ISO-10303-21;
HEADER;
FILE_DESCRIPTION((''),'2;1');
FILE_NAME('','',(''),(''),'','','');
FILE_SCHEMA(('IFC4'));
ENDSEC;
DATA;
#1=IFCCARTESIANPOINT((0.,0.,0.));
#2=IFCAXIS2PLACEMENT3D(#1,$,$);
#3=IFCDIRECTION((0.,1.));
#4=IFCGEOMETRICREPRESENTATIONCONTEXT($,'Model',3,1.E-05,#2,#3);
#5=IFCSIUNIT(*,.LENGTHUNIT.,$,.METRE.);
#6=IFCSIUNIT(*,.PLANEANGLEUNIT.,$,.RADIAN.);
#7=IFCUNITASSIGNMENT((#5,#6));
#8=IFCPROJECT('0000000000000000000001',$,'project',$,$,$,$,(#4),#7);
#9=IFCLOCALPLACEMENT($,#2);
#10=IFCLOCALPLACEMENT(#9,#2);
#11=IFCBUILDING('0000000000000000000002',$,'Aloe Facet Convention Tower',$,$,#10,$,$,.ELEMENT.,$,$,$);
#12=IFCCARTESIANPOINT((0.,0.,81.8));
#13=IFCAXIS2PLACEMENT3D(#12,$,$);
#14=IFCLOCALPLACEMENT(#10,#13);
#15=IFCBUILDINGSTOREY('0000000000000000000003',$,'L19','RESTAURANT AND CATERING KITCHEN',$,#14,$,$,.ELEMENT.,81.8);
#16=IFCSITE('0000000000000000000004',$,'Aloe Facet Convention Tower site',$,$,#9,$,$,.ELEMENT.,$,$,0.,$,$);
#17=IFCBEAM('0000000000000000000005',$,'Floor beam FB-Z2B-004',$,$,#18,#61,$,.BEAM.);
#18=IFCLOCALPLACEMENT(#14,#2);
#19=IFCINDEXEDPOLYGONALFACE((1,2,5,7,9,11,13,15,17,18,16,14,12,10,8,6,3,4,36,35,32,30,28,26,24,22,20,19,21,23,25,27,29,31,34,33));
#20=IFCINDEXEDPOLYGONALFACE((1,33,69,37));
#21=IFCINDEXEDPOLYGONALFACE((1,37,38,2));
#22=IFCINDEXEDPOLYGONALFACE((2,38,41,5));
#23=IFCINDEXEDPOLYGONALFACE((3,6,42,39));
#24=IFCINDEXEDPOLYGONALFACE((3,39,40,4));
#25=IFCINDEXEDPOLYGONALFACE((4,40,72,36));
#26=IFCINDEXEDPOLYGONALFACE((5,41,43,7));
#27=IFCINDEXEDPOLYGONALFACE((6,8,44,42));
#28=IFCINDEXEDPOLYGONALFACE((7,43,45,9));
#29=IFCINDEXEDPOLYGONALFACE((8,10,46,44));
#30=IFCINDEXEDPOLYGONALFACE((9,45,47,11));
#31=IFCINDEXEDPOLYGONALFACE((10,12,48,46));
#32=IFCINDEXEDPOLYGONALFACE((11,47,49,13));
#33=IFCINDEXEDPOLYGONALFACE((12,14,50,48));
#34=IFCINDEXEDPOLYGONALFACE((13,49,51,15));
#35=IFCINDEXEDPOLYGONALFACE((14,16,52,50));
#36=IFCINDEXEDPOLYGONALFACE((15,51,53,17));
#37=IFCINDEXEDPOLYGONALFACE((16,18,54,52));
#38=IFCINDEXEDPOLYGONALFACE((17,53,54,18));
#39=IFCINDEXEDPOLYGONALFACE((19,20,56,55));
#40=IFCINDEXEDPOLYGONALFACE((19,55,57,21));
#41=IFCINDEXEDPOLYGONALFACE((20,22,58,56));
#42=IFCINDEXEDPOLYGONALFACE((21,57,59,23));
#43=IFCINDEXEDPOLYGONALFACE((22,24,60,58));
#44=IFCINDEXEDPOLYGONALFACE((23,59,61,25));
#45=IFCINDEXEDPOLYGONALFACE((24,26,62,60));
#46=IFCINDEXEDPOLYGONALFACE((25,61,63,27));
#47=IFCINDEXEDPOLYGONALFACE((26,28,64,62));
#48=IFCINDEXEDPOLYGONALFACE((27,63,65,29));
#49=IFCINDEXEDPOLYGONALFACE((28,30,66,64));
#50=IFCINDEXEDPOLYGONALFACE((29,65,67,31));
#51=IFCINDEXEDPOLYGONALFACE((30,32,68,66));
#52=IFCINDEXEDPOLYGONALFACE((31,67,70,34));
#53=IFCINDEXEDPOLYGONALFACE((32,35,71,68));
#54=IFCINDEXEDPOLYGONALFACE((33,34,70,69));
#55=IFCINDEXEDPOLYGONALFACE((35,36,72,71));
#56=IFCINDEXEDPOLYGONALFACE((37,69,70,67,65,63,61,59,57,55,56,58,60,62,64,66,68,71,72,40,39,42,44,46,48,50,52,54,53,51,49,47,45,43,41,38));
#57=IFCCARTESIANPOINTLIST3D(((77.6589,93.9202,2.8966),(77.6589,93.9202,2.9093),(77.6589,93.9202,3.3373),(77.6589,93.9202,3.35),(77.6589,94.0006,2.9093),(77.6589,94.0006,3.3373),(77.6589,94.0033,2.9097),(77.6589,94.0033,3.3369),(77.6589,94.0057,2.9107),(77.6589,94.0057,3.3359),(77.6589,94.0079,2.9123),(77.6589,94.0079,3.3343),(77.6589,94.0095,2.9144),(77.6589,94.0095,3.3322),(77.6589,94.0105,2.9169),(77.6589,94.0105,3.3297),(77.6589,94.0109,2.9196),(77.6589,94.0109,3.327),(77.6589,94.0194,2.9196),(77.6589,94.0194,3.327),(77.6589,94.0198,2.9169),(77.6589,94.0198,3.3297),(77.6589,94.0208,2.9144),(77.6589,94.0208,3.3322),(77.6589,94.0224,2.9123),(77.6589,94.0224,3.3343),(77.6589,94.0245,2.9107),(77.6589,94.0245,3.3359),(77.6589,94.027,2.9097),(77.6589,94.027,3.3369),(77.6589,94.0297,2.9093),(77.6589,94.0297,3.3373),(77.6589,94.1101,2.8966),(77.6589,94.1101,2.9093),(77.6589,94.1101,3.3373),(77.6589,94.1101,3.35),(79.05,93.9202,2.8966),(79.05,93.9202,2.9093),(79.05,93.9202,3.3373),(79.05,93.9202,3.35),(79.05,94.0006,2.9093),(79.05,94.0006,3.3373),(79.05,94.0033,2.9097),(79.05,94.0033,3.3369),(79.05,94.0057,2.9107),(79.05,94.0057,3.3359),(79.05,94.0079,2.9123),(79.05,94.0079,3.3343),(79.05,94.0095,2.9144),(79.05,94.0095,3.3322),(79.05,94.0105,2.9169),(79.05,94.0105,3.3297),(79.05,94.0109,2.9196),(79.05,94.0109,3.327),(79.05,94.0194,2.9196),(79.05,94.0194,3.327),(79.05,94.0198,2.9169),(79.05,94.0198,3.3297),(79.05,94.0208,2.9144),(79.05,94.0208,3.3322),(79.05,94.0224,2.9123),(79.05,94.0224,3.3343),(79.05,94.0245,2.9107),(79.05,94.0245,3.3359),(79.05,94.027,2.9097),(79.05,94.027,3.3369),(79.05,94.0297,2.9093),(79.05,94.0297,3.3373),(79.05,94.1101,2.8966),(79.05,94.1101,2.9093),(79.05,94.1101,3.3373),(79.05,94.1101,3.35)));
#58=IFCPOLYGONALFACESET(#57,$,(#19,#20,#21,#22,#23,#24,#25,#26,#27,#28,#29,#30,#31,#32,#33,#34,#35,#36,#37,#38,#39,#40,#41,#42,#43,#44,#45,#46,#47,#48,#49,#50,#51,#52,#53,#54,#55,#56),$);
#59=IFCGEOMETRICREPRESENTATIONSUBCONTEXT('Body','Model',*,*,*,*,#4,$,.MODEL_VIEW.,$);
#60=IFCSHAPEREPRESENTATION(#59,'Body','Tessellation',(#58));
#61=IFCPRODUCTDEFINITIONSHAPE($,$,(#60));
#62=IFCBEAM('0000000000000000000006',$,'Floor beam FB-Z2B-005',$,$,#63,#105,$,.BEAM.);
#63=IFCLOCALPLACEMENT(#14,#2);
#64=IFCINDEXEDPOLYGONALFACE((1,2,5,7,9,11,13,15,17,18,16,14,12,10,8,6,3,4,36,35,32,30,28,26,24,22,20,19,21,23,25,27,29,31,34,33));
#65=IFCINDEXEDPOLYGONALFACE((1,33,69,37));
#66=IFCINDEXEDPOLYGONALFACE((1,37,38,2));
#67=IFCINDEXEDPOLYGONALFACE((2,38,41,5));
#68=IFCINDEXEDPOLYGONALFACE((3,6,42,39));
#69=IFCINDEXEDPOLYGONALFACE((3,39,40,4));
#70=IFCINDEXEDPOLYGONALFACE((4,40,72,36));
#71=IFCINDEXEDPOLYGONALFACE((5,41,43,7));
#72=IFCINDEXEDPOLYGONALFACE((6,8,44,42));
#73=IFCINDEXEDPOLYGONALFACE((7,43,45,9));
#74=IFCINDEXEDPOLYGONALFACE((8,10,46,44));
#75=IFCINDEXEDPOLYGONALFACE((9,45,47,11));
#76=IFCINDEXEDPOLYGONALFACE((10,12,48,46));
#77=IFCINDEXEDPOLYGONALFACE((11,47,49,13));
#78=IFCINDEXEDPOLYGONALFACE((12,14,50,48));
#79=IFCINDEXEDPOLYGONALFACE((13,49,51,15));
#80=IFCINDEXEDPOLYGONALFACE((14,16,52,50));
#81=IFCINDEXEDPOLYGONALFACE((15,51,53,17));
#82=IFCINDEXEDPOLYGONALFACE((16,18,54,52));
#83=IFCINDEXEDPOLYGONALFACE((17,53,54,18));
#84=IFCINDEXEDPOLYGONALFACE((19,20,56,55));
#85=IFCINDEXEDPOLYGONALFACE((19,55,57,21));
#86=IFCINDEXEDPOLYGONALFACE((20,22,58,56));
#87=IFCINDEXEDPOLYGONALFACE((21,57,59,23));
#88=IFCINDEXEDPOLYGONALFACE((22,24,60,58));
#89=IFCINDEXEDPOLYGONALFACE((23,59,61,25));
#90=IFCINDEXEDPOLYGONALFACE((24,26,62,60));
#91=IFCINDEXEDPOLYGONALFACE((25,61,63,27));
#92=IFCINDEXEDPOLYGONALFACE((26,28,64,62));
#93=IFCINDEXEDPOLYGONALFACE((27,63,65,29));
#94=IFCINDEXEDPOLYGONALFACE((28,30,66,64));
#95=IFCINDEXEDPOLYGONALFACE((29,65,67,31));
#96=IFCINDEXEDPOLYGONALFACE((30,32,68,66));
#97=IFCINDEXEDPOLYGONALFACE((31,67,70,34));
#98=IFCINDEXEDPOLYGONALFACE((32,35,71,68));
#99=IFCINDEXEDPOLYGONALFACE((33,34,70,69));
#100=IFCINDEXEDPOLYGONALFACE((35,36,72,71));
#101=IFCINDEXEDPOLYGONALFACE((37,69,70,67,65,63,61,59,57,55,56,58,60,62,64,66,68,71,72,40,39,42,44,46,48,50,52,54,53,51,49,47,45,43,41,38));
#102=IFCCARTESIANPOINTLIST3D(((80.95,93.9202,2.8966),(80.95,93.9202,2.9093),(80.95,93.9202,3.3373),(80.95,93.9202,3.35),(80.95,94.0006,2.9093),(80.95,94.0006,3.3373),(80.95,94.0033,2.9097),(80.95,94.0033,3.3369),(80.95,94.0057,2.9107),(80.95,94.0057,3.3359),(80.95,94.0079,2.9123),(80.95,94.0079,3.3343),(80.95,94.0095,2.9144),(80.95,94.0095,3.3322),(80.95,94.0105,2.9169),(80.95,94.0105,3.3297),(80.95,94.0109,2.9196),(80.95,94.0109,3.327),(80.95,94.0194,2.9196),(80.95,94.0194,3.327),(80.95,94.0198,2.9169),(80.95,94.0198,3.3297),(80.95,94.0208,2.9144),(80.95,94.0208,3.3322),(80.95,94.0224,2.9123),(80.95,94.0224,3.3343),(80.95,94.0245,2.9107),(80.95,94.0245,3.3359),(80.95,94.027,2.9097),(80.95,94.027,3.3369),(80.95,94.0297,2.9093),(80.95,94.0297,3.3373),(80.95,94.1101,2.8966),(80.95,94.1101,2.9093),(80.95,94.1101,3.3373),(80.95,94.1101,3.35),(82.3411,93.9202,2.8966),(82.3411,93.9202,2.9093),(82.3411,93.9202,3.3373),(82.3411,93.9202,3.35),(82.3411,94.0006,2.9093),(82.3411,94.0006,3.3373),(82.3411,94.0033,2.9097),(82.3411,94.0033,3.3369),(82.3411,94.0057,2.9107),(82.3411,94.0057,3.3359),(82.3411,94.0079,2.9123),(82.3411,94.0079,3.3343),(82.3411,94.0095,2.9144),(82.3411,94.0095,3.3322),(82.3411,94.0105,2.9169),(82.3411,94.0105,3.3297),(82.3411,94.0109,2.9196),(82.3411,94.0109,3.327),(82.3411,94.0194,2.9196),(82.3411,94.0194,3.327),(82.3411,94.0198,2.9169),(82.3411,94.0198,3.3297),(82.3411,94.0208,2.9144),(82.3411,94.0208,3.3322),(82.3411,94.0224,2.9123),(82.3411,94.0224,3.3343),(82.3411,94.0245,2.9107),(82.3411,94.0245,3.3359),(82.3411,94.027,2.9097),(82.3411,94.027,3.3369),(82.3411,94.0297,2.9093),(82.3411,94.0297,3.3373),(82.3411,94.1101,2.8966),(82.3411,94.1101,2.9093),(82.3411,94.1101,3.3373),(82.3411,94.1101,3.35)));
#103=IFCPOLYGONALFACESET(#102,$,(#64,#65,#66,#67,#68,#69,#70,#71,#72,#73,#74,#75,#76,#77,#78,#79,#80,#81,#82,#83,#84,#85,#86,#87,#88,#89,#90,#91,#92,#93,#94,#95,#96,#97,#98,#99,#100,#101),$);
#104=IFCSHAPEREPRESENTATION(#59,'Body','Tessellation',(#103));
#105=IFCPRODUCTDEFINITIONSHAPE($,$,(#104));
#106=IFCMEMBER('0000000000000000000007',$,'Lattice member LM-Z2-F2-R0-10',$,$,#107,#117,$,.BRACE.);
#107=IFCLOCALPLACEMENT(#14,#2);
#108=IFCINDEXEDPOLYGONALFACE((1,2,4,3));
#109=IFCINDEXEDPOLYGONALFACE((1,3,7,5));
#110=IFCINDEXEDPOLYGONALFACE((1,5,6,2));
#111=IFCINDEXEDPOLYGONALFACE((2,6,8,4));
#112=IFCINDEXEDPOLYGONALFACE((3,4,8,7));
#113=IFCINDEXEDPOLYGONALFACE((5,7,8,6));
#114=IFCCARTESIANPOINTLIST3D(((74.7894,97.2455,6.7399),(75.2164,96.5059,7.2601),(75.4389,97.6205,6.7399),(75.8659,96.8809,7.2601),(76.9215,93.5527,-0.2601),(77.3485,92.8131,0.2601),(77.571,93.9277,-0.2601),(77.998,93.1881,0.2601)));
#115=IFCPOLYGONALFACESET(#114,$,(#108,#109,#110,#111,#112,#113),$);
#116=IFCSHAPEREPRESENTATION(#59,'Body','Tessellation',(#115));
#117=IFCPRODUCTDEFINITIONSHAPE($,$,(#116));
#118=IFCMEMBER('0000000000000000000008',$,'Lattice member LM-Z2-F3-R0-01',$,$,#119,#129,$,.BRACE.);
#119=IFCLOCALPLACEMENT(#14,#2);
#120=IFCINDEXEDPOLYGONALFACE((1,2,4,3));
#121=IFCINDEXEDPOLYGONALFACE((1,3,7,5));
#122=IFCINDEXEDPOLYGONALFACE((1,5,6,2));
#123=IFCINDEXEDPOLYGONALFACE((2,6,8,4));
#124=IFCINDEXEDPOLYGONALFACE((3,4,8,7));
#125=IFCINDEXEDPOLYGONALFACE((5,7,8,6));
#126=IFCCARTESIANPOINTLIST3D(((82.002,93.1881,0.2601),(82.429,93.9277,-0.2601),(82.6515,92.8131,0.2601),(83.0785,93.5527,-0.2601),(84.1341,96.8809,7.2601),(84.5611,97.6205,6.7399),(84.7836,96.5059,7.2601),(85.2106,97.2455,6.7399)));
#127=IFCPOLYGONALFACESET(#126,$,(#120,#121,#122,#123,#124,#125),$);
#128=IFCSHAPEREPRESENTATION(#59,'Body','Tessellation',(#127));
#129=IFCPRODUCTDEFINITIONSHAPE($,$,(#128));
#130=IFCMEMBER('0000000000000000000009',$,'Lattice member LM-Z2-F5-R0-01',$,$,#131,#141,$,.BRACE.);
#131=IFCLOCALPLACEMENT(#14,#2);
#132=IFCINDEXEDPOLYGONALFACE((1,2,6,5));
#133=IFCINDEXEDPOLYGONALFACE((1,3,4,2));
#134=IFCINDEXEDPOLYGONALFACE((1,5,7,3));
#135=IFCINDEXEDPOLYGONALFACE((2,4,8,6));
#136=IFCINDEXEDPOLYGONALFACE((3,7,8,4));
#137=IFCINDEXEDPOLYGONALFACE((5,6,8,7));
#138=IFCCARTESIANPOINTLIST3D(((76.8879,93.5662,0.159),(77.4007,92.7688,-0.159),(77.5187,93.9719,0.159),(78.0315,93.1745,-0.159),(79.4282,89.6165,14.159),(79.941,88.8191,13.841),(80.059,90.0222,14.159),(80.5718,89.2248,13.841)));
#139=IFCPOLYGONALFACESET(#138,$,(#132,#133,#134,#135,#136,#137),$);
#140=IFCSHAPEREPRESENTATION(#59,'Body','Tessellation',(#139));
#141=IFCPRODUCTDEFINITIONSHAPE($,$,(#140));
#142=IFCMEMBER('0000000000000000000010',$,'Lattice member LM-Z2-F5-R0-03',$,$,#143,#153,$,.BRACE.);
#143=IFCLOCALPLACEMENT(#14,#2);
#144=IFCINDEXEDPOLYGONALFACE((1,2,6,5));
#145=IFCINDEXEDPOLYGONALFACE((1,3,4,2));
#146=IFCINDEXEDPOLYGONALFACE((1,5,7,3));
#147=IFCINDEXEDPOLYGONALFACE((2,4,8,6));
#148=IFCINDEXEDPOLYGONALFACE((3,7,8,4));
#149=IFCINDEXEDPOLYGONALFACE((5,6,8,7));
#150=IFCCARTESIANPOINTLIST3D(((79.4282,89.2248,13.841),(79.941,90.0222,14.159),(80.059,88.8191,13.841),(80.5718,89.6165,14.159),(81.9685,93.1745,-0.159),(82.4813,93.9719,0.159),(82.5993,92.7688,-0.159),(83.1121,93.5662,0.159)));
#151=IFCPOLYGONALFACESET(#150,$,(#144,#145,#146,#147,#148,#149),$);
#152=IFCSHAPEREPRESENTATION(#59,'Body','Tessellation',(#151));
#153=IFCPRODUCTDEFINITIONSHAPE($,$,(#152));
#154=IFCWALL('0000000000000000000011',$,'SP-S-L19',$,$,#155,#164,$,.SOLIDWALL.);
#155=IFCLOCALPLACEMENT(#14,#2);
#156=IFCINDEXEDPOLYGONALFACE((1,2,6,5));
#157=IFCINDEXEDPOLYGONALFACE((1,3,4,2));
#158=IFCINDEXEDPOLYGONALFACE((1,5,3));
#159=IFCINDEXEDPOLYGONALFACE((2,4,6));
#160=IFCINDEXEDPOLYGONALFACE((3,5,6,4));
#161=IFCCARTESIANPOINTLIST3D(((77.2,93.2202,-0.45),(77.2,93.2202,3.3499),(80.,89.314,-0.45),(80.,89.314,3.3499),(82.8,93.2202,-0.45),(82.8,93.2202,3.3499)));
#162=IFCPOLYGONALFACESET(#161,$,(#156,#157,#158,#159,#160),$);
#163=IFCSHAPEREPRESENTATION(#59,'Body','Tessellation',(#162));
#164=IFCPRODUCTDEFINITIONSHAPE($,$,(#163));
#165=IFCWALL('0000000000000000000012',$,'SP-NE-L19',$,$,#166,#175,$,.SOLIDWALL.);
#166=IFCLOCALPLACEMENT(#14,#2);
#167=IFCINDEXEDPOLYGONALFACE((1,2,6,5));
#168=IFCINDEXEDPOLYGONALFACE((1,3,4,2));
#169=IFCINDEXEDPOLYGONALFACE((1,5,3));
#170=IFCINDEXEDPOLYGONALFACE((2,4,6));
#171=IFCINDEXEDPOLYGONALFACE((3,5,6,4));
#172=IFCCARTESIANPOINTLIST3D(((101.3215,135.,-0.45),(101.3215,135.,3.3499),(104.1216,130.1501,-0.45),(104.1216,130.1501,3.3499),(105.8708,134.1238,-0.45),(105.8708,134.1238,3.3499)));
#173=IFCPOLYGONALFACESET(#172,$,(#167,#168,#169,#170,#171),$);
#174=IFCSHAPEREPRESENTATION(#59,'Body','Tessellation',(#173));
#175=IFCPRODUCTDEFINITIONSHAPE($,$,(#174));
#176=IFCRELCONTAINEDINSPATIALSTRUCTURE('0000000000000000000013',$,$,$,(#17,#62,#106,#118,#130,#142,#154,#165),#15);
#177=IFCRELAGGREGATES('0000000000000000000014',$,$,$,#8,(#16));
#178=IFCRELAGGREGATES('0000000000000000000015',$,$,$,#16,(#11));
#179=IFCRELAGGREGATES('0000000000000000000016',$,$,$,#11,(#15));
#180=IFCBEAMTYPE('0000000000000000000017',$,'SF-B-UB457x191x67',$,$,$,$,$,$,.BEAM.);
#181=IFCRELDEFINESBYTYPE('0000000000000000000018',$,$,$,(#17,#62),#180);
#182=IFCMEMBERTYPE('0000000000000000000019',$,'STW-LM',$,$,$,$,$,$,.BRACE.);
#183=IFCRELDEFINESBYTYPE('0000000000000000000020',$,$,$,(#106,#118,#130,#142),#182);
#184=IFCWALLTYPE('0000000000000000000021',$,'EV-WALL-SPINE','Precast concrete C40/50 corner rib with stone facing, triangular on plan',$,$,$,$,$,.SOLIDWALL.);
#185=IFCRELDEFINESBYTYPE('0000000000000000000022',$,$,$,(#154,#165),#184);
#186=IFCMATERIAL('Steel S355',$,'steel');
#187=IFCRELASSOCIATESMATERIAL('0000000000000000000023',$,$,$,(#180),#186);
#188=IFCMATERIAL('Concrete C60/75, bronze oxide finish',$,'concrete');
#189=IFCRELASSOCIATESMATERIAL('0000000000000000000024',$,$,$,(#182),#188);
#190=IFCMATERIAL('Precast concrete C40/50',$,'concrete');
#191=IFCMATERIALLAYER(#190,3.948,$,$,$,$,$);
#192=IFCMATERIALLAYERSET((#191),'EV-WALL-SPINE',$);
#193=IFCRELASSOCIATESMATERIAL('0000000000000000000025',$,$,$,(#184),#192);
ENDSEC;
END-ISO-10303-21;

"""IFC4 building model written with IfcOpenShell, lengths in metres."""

from ifc_helpers import new_model, si_unit, direction, frame, origin, origin_2d, place, context, subcontext, project, spatial, polyline, rectangle, i_section, outline, extrude, material, layer, layer_set, material_profile, profile_set, type_object, element, save


model = new_model("IFC4")

# Units and contexts
model_context = context("Model", 3, precision=1e-05, world=origin(), true_north=direction((0.0, 1.0)))
body_context = subcontext(model_context, "Body", "Model", "MODEL_VIEW")
ifc_project = project(units=[si_unit("LENGTHUNIT", "METRE"), si_unit("PLANEANGLEUNIT", "RADIAN")], contexts=[model_context])

# Site, building, storey
site_placement = place(None, origin())
site = spatial("IfcSite", under=ifc_project, at=site_placement, Name="Aloe Facet Convention Tower site", CompositionType="ELEMENT", RefElevation=0.0)
building_placement = place(site_placement, origin())
building = spatial("IfcBuilding", under=site, at=building_placement, Name="Aloe Facet Convention Tower", CompositionType="ELEMENT")
storey_placement = place(building_placement, frame((0.0, 0.0, 81.8)))
storey = spatial("IfcBuildingStorey", under=building, at=storey_placement, Name="L19", Description="RESTAURANT AND CATERING KITCHEN", CompositionType="ELEMENT", Elevation=81.8)

# Beams
ifc_material_1 = material(Name="Steel S355", Category="steel")
ifc_material_profile_1 = material_profile(ifc_material_1, i_section(OverallWidth=0.1899, OverallDepth=0.4534, WebThickness=0.0085, FlangeThickness=0.0127, FilletRadius=0.0103, at=origin_2d()), Name="UB 457x191x67")
ifc_profile_set_1 = profile_set([ifc_material_profile_1], Name="Steel S355")
beam_type_1 = type_object("IfcBeamType", Name="SF-B-UB457x191x67", PredefinedType="BEAM", material=ifc_profile_set_1)
for number, where, z_axis, x_axis, name in (
    (1, (79.05, 94.0151, 3.1233), (-1.0, 0.0, 0.0), (0.0, -1.0, 0.0), "Floor beam FB-Z2B-004"),
    (2, (82.3411, 94.0151, 3.1233), (-1.0, 0.0, 0.0), (0.0, -1.0, 0.0), "Floor beam FB-Z2B-005"),
):
    element("IfcBeam", number, at=place(storey_placement, frame(where, z_axis=z_axis, x_axis=x_axis)), inside=storey, type_object=beam_type_1, Name=name, PredefinedType="BEAM", context=body_context, shape_type="SweptSolid", body=[
        extrude(i_section(OverallWidth=0.1899, OverallDepth=0.4534, WebThickness=0.0085, FlangeThickness=0.0127, FilletRadius=0.0103, at=origin_2d()), origin(), (0.0, 0.0, 1.0), 1.3911),
    ])

# Members
ifc_material_2 = material(Name="Concrete C60/75, bronze oxide finish", Category="concrete")
ifc_material_profile_2 = material_profile(ifc_material_2, rectangle(XDim=0.75, YDim=1.0, at=origin_2d()), Name="STW-LM")
ifc_profile_set_2 = profile_set([ifc_material_profile_2], Name="Concrete C60/75, bronze oxide finish")
member_type = type_object("IfcMemberType", Name="STW-LM", PredefinedType="BRACE", material=ifc_profile_set_2)
for number, where, z_axis, x_axis, name in (
    (3, (77.4597, 93.3704, 0.0), (-0.26012, 0.450541, 0.85402), (-0.866025, -0.5, 0.0), "Lattice member LM-Z2-F2-R0-10"),
    (4, (82.5403, 93.3704, 0.0), (0.26012, 0.450541, 0.85402), (-0.866025, 0.5, 0.0), "Lattice member LM-Z2-F3-R0-01"),
):
    element("IfcMember", number, at=place(storey_placement, frame(where, z_axis=z_axis, x_axis=x_axis)), inside=storey, type_object=member_type, Name=name, PredefinedType="BRACE", context=body_context, shape_type="SweptSolid", body=[
        extrude(rectangle(XDim=0.75, YDim=1.0, at=origin_2d()), origin(), (0.0, 0.0, 1.0), 8.1965),
    ])
for number, where, z_axis, x_axis, name in (
    (5, (77.4597, 93.3704, 0.0), (0.172029, -0.267475, 0.948084), (0.841064, 0.540936, 0.0), "Lattice member LM-Z2-F5-R0-01"),
    (6, (82.5403, 93.3704, 0.0), (-0.172029, -0.267475, 0.948084), (0.841064, -0.540936, 0.0), "Lattice member LM-Z2-F5-R0-03"),
):
    element("IfcMember", number, at=place(storey_placement, frame(where, z_axis=z_axis, x_axis=x_axis)), inside=storey, type_object=member_type, Name=name, PredefinedType="BRACE", context=body_context, shape_type="SweptSolid", body=[
        extrude(rectangle(XDim=0.75, YDim=1.0, at=origin_2d()), origin(), (0.0, 0.0, 1.0), 14.7666),
    ])

# Walls
ifc_material_3 = material(Name="Precast concrete C40/50", Category="concrete")
ifc_layer_1 = layer(ifc_material_3, 3.948)
ifc_layer_set_1 = layer_set([ifc_layer_1], Name="EV-WALL-SPINE")
wall_type_1 = type_object("IfcWallType", Name="EV-WALL-SPINE", Description="Precast concrete C40/50 corner rib with stone facing, triangular on plan", PredefinedType="SOLIDWALL", material=ifc_layer_set_1)
wall_1_placement = place(storey_placement, frame((0.0, 0.0, -0.45)))
element("IfcWall", 7, at=wall_1_placement, inside=storey, type_object=wall_type_1, Name="SP-S-L19", PredefinedType="SOLIDWALL", context=body_context, shape_type="SweptSolid", body=[
    extrude(outline(polyline([(77.2, 93.2202), (80.0, 89.314), (82.8, 93.2202), (77.2, 93.2202)])), origin(), (0.0, 0.0, 1.0), 3.7998),
])
wall_2_placement = place(storey_placement, frame((0.0, 0.0, -0.45)))
element("IfcWall", 8, at=wall_2_placement, inside=storey, type_object=wall_type_1, Name="SP-NE-L19", PredefinedType="SOLIDWALL", context=body_context, shape_type="SweptSolid", body=[
    extrude(outline(polyline([(104.1216, 130.1501), (105.8708, 134.1238), (101.3215, 135.0), (104.1216, 130.1501)])), origin(), (0.0, 0.0, 1.0), 3.7998),
])

save(model, "model.ifc")
